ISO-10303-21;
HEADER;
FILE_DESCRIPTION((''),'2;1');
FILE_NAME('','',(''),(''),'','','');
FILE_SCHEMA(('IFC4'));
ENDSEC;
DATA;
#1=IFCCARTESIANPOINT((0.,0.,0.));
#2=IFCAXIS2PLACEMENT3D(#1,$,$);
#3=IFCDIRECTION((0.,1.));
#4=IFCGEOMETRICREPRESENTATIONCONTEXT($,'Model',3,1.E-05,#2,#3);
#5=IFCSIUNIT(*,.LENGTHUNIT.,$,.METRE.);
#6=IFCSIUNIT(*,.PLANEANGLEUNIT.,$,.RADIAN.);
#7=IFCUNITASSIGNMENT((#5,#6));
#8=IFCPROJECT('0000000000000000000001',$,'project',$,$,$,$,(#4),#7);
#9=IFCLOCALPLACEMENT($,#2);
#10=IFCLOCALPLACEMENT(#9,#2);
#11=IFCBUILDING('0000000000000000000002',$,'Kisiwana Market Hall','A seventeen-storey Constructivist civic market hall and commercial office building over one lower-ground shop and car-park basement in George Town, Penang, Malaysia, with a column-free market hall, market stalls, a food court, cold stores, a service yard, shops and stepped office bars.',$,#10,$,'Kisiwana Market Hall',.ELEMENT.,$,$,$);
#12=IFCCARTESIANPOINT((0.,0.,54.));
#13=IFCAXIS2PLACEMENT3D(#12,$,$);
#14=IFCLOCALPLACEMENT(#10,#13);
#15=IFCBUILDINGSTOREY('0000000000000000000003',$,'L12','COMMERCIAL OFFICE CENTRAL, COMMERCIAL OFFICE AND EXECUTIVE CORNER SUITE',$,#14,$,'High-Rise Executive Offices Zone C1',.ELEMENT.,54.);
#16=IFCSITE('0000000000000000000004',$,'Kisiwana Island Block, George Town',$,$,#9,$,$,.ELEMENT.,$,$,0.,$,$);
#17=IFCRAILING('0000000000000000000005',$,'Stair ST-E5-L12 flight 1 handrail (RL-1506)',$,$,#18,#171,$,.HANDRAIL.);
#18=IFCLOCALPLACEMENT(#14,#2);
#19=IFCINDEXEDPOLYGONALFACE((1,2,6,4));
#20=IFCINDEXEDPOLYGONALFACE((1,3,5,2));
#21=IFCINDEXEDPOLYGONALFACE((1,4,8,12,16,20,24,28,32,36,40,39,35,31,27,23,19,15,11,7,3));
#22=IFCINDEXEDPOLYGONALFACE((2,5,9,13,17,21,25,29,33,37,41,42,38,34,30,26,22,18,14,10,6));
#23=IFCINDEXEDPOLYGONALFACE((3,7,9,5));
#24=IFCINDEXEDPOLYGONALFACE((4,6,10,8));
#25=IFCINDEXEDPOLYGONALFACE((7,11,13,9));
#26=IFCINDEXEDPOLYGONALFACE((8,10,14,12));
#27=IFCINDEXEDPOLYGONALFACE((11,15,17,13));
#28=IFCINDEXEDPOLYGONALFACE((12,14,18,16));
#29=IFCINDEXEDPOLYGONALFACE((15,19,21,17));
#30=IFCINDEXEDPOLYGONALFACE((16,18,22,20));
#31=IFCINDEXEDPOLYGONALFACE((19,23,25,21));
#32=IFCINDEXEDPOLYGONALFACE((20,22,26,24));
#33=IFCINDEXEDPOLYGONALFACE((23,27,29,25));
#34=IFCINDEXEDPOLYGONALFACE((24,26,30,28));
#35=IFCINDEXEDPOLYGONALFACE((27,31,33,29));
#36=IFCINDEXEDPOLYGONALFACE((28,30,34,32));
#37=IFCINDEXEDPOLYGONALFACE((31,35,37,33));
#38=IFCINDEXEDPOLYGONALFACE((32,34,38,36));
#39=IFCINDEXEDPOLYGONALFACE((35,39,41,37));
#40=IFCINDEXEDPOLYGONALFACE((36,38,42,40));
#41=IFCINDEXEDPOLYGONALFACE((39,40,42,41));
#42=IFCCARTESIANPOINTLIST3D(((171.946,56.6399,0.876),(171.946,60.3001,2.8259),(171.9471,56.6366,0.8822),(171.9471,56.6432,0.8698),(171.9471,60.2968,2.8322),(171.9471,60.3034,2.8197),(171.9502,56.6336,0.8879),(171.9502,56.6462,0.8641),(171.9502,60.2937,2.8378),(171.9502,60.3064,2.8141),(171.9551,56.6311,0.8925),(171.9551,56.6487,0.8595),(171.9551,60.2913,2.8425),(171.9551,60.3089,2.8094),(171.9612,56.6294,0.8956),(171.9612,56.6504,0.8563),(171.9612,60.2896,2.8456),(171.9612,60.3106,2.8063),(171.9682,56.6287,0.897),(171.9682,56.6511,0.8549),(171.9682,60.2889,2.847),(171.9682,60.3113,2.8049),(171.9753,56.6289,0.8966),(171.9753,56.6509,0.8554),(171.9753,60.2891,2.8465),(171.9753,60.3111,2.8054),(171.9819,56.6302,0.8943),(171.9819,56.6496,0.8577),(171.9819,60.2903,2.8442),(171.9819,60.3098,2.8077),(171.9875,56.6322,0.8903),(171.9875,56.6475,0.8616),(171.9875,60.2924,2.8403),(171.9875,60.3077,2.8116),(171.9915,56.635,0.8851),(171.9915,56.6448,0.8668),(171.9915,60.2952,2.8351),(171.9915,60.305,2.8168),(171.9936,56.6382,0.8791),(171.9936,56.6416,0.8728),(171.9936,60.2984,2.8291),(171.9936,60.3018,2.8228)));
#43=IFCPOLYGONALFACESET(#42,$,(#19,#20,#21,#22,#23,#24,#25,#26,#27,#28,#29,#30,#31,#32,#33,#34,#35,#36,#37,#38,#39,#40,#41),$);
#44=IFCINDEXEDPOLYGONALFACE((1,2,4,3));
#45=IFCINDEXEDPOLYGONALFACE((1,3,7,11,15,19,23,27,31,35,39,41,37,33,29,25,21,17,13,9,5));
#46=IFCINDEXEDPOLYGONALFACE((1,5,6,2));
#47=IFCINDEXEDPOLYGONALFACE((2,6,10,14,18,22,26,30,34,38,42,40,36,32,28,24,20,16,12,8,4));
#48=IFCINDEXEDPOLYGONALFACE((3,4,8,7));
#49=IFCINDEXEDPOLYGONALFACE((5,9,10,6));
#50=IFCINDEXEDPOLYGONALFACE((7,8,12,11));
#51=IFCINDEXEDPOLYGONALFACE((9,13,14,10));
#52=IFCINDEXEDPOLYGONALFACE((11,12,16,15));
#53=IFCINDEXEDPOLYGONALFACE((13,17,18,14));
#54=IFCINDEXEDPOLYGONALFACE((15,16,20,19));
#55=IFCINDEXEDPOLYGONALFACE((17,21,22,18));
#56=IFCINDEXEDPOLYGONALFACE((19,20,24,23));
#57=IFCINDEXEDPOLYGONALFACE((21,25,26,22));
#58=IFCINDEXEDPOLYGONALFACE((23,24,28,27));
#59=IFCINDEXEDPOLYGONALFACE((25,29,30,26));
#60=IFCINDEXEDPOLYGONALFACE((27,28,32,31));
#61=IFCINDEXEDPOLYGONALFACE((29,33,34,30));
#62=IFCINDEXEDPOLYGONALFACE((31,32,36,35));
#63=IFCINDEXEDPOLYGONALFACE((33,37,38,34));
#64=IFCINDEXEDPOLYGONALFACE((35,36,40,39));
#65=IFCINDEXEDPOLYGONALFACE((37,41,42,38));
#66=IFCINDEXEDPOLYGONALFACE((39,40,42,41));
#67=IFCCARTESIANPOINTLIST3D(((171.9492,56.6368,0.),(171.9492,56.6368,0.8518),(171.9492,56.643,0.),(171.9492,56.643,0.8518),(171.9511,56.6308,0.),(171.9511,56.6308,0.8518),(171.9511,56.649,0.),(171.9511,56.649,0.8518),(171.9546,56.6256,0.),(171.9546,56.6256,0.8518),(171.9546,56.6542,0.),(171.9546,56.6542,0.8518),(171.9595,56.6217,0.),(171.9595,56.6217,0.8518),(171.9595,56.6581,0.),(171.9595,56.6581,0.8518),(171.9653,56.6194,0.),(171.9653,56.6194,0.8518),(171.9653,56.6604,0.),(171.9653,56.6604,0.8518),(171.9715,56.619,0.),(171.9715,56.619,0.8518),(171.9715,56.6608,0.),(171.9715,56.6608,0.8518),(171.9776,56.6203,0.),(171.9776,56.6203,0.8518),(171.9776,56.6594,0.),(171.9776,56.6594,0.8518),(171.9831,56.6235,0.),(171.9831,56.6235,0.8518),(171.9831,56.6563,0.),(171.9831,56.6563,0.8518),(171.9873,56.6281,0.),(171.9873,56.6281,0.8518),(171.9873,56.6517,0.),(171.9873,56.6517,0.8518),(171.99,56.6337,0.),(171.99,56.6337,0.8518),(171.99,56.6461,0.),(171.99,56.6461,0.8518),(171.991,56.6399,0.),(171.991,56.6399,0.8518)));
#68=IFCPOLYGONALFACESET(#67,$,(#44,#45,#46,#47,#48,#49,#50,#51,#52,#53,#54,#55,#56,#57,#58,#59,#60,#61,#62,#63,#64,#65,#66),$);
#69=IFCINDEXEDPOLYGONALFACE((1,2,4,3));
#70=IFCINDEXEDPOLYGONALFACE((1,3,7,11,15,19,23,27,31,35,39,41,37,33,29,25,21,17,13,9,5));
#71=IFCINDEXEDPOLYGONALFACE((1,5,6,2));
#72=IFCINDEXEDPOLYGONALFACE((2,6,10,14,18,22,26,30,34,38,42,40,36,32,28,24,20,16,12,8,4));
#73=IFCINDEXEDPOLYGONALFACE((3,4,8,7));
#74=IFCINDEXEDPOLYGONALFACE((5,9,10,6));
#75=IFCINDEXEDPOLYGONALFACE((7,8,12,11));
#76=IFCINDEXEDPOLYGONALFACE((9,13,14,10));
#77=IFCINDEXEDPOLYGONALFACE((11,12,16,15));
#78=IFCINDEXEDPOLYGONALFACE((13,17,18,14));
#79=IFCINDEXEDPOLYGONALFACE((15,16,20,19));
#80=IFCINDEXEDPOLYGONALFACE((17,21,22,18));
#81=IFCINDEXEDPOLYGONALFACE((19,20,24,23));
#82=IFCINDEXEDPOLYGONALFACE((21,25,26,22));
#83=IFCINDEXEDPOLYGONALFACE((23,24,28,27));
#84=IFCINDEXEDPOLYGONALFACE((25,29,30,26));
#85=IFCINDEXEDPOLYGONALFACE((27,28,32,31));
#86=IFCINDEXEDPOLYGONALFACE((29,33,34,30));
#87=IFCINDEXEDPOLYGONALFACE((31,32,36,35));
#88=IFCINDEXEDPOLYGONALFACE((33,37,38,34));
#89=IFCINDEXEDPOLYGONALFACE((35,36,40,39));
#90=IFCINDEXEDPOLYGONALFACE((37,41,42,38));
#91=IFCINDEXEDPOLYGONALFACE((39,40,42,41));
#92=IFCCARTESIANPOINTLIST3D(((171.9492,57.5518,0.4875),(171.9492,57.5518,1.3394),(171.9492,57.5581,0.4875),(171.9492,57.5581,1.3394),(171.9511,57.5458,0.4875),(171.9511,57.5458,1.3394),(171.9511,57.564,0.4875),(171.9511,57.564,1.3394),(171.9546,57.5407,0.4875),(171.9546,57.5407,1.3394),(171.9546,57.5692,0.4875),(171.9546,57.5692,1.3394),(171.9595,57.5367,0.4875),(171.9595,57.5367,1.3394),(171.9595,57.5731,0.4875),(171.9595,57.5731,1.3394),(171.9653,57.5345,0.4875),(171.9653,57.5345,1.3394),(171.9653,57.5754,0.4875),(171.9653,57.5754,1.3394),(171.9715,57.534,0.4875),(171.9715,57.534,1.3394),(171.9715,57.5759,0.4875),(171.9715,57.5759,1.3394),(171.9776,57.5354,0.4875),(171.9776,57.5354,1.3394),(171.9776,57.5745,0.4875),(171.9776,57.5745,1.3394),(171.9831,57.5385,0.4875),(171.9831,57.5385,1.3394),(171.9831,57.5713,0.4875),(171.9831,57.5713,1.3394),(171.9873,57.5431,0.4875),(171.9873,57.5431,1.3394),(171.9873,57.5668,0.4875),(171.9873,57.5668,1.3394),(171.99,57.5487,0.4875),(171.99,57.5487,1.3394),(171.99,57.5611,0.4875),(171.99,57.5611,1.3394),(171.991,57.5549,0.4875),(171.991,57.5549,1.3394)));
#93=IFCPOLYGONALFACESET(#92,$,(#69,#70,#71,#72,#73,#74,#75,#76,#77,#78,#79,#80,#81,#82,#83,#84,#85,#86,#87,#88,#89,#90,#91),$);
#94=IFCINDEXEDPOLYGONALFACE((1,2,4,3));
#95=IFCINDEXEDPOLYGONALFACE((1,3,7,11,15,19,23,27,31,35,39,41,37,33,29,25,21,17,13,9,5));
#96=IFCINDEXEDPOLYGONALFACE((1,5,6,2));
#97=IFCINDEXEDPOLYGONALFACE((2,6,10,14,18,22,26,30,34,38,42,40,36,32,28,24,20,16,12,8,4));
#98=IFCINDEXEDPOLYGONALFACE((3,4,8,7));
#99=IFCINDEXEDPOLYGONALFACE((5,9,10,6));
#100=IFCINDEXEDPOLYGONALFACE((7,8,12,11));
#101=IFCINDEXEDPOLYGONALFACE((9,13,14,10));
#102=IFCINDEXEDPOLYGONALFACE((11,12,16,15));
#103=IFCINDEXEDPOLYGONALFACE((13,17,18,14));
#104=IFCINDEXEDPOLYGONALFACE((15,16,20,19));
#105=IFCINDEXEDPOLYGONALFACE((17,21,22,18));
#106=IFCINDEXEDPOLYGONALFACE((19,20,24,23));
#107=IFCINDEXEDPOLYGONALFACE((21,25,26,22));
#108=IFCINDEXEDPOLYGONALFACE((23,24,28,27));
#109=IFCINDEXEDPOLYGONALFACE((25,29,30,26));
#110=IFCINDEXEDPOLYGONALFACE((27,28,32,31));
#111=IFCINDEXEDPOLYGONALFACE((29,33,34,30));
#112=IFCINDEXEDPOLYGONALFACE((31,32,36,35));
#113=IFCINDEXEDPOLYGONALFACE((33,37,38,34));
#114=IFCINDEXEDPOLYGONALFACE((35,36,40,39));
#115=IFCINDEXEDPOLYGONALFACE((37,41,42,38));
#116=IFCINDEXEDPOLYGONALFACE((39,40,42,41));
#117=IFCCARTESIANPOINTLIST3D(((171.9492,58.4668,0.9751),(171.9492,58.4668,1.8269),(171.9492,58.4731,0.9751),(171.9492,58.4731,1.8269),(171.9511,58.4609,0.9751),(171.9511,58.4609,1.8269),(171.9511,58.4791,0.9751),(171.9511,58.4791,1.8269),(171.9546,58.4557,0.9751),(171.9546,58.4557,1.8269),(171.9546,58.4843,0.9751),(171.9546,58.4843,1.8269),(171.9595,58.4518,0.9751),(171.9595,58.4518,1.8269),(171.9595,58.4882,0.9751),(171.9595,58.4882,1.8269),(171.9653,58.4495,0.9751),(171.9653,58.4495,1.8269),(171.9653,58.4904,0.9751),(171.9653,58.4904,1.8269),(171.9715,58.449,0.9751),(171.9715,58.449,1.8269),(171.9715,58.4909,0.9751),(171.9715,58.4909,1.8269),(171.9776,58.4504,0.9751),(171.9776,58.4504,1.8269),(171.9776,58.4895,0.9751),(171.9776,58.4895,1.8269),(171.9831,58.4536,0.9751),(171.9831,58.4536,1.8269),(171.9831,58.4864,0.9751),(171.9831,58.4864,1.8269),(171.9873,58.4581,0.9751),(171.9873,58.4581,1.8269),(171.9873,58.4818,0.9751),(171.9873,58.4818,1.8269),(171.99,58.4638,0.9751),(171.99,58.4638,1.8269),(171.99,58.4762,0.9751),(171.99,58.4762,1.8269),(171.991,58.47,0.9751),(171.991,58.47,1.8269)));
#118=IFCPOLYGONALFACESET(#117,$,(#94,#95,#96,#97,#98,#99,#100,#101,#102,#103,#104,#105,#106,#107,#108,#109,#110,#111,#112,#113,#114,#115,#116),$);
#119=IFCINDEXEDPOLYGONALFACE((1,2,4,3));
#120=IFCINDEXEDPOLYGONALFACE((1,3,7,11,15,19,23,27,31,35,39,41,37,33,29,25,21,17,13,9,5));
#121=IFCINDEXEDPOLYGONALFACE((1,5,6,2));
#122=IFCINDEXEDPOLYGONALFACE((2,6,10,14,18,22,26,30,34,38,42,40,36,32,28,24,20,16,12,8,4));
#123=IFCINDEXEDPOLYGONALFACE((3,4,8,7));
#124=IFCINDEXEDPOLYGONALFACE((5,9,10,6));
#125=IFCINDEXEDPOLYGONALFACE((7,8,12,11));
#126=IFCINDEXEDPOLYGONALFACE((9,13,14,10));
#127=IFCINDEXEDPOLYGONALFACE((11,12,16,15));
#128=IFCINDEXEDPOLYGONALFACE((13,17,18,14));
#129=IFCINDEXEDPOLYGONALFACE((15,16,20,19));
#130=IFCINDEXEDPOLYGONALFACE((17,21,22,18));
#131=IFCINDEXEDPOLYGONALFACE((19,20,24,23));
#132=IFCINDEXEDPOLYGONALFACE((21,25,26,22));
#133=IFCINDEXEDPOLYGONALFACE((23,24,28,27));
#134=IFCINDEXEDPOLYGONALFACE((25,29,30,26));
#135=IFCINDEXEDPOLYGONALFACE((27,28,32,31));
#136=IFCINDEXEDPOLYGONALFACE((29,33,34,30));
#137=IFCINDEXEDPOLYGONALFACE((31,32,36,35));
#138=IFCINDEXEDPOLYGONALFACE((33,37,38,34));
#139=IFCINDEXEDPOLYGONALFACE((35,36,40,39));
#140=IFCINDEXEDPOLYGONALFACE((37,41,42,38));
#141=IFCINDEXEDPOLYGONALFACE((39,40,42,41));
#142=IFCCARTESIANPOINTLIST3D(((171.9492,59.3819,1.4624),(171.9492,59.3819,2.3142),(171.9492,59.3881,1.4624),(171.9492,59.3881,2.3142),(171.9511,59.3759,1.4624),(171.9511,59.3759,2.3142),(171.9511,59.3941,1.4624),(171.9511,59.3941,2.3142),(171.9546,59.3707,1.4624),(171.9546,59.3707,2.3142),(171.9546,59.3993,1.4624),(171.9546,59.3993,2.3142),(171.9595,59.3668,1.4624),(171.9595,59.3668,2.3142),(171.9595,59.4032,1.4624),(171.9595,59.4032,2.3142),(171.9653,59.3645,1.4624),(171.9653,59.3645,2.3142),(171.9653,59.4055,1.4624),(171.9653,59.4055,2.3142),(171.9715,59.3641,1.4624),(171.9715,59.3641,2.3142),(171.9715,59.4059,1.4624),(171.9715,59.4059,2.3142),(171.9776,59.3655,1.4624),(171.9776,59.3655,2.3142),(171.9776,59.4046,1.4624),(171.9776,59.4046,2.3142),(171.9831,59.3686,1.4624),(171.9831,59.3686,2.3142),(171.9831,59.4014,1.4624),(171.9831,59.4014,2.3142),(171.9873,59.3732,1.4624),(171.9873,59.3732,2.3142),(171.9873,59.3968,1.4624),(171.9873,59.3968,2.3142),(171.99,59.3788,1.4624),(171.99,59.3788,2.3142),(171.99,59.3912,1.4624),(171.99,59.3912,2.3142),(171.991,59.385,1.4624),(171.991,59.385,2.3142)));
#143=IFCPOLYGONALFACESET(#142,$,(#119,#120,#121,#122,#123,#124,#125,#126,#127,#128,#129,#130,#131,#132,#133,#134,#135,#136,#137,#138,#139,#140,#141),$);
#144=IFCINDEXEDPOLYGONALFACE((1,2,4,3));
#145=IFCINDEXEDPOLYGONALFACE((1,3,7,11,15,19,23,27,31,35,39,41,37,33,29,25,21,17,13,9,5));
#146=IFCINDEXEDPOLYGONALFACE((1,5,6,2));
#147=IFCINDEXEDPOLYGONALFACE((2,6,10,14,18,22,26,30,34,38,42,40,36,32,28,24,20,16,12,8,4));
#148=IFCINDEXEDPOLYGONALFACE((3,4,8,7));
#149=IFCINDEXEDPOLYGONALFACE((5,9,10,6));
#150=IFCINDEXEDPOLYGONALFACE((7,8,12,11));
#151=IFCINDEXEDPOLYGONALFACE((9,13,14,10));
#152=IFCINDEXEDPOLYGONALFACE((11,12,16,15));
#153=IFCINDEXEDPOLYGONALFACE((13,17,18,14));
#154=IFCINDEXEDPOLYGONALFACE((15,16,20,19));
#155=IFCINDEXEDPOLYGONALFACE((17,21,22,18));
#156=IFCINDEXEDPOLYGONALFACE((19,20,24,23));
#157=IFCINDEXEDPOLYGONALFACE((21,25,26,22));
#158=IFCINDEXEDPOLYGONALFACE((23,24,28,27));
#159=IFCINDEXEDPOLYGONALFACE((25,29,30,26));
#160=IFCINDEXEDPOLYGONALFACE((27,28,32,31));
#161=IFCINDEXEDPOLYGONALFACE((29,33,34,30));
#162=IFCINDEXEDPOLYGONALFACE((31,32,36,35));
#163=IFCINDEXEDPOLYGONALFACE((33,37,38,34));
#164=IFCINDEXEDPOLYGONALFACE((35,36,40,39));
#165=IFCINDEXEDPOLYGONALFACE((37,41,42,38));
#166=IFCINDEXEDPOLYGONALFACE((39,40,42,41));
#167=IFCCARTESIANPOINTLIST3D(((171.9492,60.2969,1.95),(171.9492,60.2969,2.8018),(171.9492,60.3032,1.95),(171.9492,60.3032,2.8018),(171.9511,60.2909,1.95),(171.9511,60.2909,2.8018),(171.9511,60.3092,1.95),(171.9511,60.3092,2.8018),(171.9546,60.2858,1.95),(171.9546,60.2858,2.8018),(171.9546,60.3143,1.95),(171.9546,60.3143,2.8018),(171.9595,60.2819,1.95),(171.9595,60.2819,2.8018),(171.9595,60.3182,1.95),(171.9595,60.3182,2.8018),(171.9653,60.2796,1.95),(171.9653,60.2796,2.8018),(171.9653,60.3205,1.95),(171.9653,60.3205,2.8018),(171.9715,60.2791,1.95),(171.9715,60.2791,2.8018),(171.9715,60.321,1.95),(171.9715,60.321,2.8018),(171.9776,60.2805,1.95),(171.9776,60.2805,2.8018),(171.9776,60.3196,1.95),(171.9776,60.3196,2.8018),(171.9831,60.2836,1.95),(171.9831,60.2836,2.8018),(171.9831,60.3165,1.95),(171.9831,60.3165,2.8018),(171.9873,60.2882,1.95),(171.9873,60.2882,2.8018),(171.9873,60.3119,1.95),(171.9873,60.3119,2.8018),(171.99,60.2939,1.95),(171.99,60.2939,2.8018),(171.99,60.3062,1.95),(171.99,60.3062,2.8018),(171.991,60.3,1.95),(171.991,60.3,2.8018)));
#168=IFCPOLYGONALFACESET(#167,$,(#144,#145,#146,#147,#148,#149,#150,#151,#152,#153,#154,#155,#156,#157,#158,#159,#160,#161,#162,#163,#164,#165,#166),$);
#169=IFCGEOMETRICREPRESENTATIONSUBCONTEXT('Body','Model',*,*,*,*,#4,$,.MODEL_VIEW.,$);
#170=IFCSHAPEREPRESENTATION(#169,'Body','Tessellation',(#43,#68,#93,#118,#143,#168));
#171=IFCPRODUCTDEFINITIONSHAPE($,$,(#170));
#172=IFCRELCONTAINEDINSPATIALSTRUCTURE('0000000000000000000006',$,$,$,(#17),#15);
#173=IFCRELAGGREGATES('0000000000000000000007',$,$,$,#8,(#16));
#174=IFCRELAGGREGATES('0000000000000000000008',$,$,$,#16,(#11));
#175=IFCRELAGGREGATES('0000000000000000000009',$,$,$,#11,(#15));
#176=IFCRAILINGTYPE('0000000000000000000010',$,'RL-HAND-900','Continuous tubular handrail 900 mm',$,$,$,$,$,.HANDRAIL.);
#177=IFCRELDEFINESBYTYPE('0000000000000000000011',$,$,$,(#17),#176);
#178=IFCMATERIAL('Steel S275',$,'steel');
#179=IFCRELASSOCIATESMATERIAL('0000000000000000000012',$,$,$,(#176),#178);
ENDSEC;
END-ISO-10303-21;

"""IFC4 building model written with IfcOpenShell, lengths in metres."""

from ifc_helpers import new_model, si_unit, direction, frame, origin, origin_2d, place, context, subcontext, project, spatial, circle, extrude, material, type_object, element, save


model = new_model("IFC4")

# Units and contexts
model_context = context("Model", 3, precision=1e-05, world=origin(), true_north=direction((0.0, 1.0)))
body_context = subcontext(model_context, "Body", "Model", "MODEL_VIEW")
ifc_project = project(units=[si_unit("LENGTHUNIT", "METRE"), si_unit("PLANEANGLEUNIT", "RADIAN")], contexts=[model_context])

# Site, building, storey
site_placement = place(None, origin())
site = spatial("IfcSite", under=ifc_project, at=site_placement, Name="Kisiwana Island Block, George Town", CompositionType="ELEMENT", RefElevation=0.0)
building_placement = place(site_placement, origin())
building = spatial("IfcBuilding", under=site, at=building_placement, Name="Kisiwana Market Hall", Description="A seventeen-storey Constructivist civic market hall and commercial office building over one lower-ground shop and car-park basement in George Town, Penang, Malaysia, with a column-free market hall, market stalls, a food court, cold stores, a service yard, shops and stepped office bars.", LongName="Kisiwana Market Hall", CompositionType="ELEMENT")
storey_placement = place(building_placement, frame((0.0, 0.0, 54.0)))
storey = spatial("IfcBuildingStorey", under=building, at=storey_placement, Name="L12", Description="COMMERCIAL OFFICE CENTRAL, COMMERCIAL OFFICE AND EXECUTIVE CORNER SUITE", LongName="High-Rise Executive Offices Zone C1", CompositionType="ELEMENT", Elevation=54.0)

# Railing
ifc_material_1 = material(Name="Steel S275", Category="steel")
railing_type_1 = type_object("IfcRailingType", Name="RL-HAND-900", Description="Continuous tubular handrail 900 mm", PredefinedType="HANDRAIL", material=ifc_material_1)
railing_1_placement = place(storey_placement, frame((171.97, 56.6399, 0.0)))
element("IfcRailing", 1, at=railing_1_placement, inside=storey, type_object=railing_type_1, Name="Stair ST-E5-L12 flight 1 handrail (RL-1506)", PredefinedType="HANDRAIL", context=body_context, shape_type="SweptSolid", body=[
    extrude(circle(Radius=0.0239, at=origin_2d()), frame((0.0, 0.0, 0.876), z_axis=(0.0, 0.882566, 0.470188), x_axis=(-1.0, 0.0, 0.0)), (0.0, 0.0, 1.0), 4.1472),
    extrude(circle(Radius=0.021, at=origin_2d()), origin(), (0.0, 0.0, 1.0), 0.8518),
    extrude(circle(Radius=0.021, at=origin_2d()), frame((0.0, 0.915, 0.4875)), (0.0, 0.0, 1.0), 0.8518),
    extrude(circle(Radius=0.021, at=origin_2d()), frame((0.0, 1.8301, 0.9751)), (0.0, 0.0, 1.0), 0.8518),
    extrude(circle(Radius=0.021, at=origin_2d()), frame((0.0, 2.7451, 1.4624)), (0.0, 0.0, 1.0), 0.8518),
    extrude(circle(Radius=0.021, at=origin_2d()), frame((0.0, 3.6602, 1.95)), (0.0, 0.0, 1.0), 0.8518),
])

save(model, "model.ifc")
